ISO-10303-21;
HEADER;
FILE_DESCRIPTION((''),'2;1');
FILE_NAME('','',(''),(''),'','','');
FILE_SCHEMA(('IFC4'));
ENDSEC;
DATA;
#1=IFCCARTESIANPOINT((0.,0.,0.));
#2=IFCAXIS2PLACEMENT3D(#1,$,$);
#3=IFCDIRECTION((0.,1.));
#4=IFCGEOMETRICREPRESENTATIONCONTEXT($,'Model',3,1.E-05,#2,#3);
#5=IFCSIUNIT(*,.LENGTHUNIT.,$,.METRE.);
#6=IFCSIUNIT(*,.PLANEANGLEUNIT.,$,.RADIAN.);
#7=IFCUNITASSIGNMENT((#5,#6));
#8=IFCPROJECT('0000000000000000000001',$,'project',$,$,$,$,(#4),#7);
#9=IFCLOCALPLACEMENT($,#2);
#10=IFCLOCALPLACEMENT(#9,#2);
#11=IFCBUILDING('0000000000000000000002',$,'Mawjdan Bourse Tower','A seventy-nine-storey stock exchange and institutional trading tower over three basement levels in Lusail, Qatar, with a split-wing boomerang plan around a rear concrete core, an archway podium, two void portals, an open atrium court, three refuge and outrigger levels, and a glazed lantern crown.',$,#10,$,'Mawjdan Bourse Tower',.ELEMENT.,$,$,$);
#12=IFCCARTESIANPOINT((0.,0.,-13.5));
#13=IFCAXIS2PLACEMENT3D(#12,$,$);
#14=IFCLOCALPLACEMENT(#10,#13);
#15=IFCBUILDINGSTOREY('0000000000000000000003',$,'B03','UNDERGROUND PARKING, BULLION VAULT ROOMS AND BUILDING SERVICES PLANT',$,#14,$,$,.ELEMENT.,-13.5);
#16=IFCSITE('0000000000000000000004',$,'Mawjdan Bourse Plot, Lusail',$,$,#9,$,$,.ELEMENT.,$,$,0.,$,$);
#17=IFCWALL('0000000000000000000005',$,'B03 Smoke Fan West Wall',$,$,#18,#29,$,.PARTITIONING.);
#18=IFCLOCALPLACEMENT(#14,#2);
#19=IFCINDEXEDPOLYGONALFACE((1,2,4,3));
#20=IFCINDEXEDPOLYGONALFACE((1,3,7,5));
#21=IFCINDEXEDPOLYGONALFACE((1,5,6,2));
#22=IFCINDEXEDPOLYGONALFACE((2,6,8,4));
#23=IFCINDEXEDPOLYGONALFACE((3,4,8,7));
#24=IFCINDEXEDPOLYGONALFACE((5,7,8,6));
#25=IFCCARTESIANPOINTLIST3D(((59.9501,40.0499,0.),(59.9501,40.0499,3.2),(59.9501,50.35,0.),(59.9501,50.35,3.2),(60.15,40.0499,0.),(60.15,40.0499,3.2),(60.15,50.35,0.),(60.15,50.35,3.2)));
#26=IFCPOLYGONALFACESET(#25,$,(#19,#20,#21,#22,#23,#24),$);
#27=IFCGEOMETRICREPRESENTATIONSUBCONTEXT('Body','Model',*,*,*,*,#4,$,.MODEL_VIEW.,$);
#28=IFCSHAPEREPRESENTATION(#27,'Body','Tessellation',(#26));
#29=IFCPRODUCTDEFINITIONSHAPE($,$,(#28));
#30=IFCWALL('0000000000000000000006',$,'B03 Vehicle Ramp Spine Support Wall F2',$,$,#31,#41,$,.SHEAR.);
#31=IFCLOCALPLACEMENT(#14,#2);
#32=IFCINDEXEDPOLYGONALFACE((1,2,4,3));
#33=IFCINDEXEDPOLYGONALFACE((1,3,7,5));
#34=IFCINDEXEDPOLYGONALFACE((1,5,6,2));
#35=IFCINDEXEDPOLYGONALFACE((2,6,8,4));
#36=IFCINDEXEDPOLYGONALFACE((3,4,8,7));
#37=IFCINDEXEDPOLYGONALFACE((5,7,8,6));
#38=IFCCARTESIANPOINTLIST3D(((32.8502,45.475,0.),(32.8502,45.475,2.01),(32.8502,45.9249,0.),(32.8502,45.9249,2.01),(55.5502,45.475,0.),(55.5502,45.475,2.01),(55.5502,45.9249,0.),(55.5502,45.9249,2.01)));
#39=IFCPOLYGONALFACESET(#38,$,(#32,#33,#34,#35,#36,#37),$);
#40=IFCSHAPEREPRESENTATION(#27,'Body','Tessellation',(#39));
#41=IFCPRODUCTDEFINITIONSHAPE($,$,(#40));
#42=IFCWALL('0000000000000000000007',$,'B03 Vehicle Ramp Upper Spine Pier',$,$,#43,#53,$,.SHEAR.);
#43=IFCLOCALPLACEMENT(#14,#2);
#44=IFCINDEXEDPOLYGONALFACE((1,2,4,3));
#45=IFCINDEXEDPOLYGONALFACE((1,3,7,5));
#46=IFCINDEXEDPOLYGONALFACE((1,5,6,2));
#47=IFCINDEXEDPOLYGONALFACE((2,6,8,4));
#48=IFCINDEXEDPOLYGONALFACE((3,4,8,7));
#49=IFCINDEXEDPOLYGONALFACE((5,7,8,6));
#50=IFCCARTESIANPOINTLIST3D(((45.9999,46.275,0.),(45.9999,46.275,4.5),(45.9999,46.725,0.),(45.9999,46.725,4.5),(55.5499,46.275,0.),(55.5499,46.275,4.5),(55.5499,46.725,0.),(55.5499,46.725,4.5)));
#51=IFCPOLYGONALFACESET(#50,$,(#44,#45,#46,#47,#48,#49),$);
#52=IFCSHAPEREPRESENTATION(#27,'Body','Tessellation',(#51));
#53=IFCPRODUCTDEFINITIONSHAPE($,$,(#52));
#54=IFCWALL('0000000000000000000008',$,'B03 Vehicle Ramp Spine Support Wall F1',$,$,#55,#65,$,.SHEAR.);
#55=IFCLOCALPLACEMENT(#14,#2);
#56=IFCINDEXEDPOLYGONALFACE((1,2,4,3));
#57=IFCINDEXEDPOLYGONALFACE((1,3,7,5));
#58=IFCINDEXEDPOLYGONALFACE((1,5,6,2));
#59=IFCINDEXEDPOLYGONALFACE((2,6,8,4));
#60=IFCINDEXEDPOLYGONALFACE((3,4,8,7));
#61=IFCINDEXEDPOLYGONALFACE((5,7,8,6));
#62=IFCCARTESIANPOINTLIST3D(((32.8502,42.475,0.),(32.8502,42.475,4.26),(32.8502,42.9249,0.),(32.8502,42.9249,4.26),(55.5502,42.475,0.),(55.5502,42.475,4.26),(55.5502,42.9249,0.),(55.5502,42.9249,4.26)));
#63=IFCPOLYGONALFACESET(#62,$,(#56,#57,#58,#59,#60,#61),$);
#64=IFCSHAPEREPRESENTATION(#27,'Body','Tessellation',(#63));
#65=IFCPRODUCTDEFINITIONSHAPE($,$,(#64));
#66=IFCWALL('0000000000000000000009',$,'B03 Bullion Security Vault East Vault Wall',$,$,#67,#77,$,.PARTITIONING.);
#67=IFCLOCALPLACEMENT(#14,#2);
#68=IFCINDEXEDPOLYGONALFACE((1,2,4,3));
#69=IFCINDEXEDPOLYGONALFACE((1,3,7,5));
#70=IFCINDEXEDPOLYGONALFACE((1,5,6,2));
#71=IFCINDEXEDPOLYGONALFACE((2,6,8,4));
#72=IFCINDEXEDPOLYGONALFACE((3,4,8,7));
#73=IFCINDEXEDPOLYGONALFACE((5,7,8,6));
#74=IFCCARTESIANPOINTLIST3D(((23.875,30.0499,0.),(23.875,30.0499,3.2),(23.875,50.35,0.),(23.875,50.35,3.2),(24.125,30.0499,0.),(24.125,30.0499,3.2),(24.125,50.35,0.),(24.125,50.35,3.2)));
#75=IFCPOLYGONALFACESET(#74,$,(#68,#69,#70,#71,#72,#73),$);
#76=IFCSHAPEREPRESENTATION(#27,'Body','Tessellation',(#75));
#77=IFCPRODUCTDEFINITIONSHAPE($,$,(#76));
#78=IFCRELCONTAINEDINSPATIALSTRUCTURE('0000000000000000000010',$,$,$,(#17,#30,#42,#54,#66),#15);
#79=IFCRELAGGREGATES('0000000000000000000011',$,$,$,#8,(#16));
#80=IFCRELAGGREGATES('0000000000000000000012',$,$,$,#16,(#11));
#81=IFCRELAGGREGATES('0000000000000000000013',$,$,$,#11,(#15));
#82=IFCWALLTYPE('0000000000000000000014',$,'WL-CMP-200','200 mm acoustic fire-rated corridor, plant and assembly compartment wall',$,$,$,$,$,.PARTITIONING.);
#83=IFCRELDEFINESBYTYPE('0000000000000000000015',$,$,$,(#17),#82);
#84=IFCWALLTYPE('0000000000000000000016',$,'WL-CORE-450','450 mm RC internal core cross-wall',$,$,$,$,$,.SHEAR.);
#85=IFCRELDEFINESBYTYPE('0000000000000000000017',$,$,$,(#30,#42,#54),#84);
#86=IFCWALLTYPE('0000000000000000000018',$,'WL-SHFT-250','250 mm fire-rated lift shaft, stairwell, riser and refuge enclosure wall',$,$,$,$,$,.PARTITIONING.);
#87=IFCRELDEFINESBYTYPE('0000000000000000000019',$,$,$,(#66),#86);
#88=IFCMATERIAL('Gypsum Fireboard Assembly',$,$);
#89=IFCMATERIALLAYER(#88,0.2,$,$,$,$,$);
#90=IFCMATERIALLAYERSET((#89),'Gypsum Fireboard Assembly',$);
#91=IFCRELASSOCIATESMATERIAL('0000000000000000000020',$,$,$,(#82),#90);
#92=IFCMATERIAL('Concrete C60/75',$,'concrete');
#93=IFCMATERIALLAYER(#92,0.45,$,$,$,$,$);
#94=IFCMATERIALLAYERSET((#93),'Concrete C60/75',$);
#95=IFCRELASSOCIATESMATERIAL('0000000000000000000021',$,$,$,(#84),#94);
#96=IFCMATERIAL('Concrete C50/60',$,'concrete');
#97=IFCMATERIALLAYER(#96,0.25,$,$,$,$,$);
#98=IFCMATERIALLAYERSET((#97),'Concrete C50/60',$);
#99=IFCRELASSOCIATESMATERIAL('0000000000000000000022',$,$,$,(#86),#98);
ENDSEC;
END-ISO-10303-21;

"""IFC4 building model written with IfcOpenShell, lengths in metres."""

from ifc_helpers import new_model, si_unit, direction, frame, frame_2d, origin, place, context, subcontext, project, spatial, rectangle, extrude, material, layer, layer_set, type_object, element, save


model = new_model("IFC4")

# Units and contexts
model_context = context("Model", 3, precision=1e-05, world=origin(), true_north=direction((0.0, 1.0)))
body_context = subcontext(model_context, "Body", "Model", "MODEL_VIEW")
ifc_project = project(units=[si_unit("LENGTHUNIT", "METRE"), si_unit("PLANEANGLEUNIT", "RADIAN")], contexts=[model_context])

# Site, building, storey
site_placement = place(None, origin())
site = spatial("IfcSite", under=ifc_project, at=site_placement, Name="Mawjdan Bourse Plot, Lusail", CompositionType="ELEMENT", RefElevation=0.0)
building_placement = place(site_placement, origin())
building = spatial("IfcBuilding", under=site, at=building_placement, Name="Mawjdan Bourse Tower", Description="A seventy-nine-storey stock exchange and institutional trading tower over three basement levels in Lusail, Qatar, with a split-wing boomerang plan around a rear concrete core, an archway podium, two void portals, an open atrium court, three refuge and outrigger levels, and a glazed lantern crown.", LongName="Mawjdan Bourse Tower", CompositionType="ELEMENT")
storey_placement = place(building_placement, frame((0.0, 0.0, -13.5)))
storey = spatial("IfcBuildingStorey", under=building, at=storey_placement, Name="B03", Description="UNDERGROUND PARKING, BULLION VAULT ROOMS AND BUILDING SERVICES PLANT", CompositionType="ELEMENT", Elevation=-13.5)

# Shared definitions
ifc_material_1 = material(Name="Concrete C60/75", Category="concrete")

# Shared definitions
ifc_material_2 = material(Name="Gypsum Fireboard Assembly")
ifc_layer_1 = layer(ifc_material_2, 0.2)
ifc_layer_set_1 = layer_set([ifc_layer_1], Name="Gypsum Fireboard Assembly")
wall_type_1 = type_object("IfcWallType", Name="WL-CMP-200", Description="200 mm acoustic fire-rated corridor, plant and assembly compartment wall", PredefinedType="PARTITIONING", material=ifc_layer_set_1)

# Walls
wall_1_placement = place(storey_placement, frame((60.05, 40.05, 0.0), z_axis=(0.0, 0.0, 1.0), x_axis=(0.0, 1.0, 0.0)))
element("IfcWall", 1, at=wall_1_placement, inside=storey, type_object=wall_type_1, Name="B03 Smoke Fan West Wall", PredefinedType="PARTITIONING", context=body_context, shape_type="SweptSolid", body=[
    extrude(rectangle(XDim=10.3, YDim=0.2, at=frame_2d((5.1499, 0.0))), origin(), (0.0, 0.0, 1.0), 3.2),
])
ifc_layer_2 = layer(ifc_material_1, 0.45)
ifc_layer_set_2 = layer_set([ifc_layer_2], Name="Concrete C60/75")
wall_type_2 = type_object("IfcWallType", Name="WL-CORE-450", Description="450 mm RC internal core cross-wall", PredefinedType="SHEAR", material=ifc_layer_set_2)
wall_2_placement = place(storey_placement, frame((32.8501, 45.7, 0.0), z_axis=(0.0, 0.0, 1.0), x_axis=(1.0, 0.0, 0.0)))
element("IfcWall", 2, at=wall_2_placement, inside=storey, type_object=wall_type_2, Name="B03 Vehicle Ramp Spine Support Wall F2", PredefinedType="SHEAR", context=body_context, shape_type="SweptSolid", body=[
    extrude(rectangle(XDim=22.7, YDim=0.45, at=frame_2d((11.3501, 0.0))), origin(), (0.0, 0.0, 1.0), 2.01),
])
wall_3_placement = place(storey_placement, frame((46.0, 46.5, 0.0), z_axis=(0.0, 0.0, 1.0), x_axis=(1.0, 0.0, 0.0)))
element("IfcWall", 3, at=wall_3_placement, inside=storey, type_object=wall_type_2, Name="B03 Vehicle Ramp Upper Spine Pier", PredefinedType="SHEAR", context=body_context, shape_type="SweptSolid", body=[
    extrude(rectangle(XDim=9.55, YDim=0.45, at=frame_2d((4.7749, 0.0))), origin(), (0.0, 0.0, 1.0), 4.5),
])
wall_4_placement = place(storey_placement, frame((32.8501, 42.7, 0.0), z_axis=(0.0, 0.0, 1.0), x_axis=(1.0, 0.0, 0.0)))
element("IfcWall", 4, at=wall_4_placement, inside=storey, type_object=wall_type_2, Name="B03 Vehicle Ramp Spine Support Wall F1", PredefinedType="SHEAR", context=body_context, shape_type="SweptSolid", body=[
    extrude(rectangle(XDim=22.7, YDim=0.45, at=frame_2d((11.3501, 0.0))), origin(), (0.0, 0.0, 1.0), 4.26),
])
ifc_material_3 = material(Name="Concrete C50/60", Category="concrete")
ifc_layer_3 = layer(ifc_material_3, 0.25)
ifc_layer_set_3 = layer_set([ifc_layer_3], Name="Concrete C50/60")
wall_type_3 = type_object("IfcWallType", Name="WL-SHFT-250", Description="250 mm fire-rated lift shaft, stairwell, riser and refuge enclosure wall", PredefinedType="PARTITIONING", material=ifc_layer_set_3)
wall_5_placement = place(storey_placement, frame((24.0, 30.05, 0.0), z_axis=(0.0, 0.0, 1.0), x_axis=(0.0, 1.0, 0.0)))
element("IfcWall", 5, at=wall_5_placement, inside=storey, type_object=wall_type_3, Name="B03 Bullion Security Vault East Vault Wall", PredefinedType="PARTITIONING", context=body_context, shape_type="SweptSolid", body=[
    extrude(rectangle(XDim=20.3, YDim=0.25, at=frame_2d((10.1499, 0.0))), origin(), (0.0, 0.0, 1.0), 3.2),
])

save(model, "model.ifc")
